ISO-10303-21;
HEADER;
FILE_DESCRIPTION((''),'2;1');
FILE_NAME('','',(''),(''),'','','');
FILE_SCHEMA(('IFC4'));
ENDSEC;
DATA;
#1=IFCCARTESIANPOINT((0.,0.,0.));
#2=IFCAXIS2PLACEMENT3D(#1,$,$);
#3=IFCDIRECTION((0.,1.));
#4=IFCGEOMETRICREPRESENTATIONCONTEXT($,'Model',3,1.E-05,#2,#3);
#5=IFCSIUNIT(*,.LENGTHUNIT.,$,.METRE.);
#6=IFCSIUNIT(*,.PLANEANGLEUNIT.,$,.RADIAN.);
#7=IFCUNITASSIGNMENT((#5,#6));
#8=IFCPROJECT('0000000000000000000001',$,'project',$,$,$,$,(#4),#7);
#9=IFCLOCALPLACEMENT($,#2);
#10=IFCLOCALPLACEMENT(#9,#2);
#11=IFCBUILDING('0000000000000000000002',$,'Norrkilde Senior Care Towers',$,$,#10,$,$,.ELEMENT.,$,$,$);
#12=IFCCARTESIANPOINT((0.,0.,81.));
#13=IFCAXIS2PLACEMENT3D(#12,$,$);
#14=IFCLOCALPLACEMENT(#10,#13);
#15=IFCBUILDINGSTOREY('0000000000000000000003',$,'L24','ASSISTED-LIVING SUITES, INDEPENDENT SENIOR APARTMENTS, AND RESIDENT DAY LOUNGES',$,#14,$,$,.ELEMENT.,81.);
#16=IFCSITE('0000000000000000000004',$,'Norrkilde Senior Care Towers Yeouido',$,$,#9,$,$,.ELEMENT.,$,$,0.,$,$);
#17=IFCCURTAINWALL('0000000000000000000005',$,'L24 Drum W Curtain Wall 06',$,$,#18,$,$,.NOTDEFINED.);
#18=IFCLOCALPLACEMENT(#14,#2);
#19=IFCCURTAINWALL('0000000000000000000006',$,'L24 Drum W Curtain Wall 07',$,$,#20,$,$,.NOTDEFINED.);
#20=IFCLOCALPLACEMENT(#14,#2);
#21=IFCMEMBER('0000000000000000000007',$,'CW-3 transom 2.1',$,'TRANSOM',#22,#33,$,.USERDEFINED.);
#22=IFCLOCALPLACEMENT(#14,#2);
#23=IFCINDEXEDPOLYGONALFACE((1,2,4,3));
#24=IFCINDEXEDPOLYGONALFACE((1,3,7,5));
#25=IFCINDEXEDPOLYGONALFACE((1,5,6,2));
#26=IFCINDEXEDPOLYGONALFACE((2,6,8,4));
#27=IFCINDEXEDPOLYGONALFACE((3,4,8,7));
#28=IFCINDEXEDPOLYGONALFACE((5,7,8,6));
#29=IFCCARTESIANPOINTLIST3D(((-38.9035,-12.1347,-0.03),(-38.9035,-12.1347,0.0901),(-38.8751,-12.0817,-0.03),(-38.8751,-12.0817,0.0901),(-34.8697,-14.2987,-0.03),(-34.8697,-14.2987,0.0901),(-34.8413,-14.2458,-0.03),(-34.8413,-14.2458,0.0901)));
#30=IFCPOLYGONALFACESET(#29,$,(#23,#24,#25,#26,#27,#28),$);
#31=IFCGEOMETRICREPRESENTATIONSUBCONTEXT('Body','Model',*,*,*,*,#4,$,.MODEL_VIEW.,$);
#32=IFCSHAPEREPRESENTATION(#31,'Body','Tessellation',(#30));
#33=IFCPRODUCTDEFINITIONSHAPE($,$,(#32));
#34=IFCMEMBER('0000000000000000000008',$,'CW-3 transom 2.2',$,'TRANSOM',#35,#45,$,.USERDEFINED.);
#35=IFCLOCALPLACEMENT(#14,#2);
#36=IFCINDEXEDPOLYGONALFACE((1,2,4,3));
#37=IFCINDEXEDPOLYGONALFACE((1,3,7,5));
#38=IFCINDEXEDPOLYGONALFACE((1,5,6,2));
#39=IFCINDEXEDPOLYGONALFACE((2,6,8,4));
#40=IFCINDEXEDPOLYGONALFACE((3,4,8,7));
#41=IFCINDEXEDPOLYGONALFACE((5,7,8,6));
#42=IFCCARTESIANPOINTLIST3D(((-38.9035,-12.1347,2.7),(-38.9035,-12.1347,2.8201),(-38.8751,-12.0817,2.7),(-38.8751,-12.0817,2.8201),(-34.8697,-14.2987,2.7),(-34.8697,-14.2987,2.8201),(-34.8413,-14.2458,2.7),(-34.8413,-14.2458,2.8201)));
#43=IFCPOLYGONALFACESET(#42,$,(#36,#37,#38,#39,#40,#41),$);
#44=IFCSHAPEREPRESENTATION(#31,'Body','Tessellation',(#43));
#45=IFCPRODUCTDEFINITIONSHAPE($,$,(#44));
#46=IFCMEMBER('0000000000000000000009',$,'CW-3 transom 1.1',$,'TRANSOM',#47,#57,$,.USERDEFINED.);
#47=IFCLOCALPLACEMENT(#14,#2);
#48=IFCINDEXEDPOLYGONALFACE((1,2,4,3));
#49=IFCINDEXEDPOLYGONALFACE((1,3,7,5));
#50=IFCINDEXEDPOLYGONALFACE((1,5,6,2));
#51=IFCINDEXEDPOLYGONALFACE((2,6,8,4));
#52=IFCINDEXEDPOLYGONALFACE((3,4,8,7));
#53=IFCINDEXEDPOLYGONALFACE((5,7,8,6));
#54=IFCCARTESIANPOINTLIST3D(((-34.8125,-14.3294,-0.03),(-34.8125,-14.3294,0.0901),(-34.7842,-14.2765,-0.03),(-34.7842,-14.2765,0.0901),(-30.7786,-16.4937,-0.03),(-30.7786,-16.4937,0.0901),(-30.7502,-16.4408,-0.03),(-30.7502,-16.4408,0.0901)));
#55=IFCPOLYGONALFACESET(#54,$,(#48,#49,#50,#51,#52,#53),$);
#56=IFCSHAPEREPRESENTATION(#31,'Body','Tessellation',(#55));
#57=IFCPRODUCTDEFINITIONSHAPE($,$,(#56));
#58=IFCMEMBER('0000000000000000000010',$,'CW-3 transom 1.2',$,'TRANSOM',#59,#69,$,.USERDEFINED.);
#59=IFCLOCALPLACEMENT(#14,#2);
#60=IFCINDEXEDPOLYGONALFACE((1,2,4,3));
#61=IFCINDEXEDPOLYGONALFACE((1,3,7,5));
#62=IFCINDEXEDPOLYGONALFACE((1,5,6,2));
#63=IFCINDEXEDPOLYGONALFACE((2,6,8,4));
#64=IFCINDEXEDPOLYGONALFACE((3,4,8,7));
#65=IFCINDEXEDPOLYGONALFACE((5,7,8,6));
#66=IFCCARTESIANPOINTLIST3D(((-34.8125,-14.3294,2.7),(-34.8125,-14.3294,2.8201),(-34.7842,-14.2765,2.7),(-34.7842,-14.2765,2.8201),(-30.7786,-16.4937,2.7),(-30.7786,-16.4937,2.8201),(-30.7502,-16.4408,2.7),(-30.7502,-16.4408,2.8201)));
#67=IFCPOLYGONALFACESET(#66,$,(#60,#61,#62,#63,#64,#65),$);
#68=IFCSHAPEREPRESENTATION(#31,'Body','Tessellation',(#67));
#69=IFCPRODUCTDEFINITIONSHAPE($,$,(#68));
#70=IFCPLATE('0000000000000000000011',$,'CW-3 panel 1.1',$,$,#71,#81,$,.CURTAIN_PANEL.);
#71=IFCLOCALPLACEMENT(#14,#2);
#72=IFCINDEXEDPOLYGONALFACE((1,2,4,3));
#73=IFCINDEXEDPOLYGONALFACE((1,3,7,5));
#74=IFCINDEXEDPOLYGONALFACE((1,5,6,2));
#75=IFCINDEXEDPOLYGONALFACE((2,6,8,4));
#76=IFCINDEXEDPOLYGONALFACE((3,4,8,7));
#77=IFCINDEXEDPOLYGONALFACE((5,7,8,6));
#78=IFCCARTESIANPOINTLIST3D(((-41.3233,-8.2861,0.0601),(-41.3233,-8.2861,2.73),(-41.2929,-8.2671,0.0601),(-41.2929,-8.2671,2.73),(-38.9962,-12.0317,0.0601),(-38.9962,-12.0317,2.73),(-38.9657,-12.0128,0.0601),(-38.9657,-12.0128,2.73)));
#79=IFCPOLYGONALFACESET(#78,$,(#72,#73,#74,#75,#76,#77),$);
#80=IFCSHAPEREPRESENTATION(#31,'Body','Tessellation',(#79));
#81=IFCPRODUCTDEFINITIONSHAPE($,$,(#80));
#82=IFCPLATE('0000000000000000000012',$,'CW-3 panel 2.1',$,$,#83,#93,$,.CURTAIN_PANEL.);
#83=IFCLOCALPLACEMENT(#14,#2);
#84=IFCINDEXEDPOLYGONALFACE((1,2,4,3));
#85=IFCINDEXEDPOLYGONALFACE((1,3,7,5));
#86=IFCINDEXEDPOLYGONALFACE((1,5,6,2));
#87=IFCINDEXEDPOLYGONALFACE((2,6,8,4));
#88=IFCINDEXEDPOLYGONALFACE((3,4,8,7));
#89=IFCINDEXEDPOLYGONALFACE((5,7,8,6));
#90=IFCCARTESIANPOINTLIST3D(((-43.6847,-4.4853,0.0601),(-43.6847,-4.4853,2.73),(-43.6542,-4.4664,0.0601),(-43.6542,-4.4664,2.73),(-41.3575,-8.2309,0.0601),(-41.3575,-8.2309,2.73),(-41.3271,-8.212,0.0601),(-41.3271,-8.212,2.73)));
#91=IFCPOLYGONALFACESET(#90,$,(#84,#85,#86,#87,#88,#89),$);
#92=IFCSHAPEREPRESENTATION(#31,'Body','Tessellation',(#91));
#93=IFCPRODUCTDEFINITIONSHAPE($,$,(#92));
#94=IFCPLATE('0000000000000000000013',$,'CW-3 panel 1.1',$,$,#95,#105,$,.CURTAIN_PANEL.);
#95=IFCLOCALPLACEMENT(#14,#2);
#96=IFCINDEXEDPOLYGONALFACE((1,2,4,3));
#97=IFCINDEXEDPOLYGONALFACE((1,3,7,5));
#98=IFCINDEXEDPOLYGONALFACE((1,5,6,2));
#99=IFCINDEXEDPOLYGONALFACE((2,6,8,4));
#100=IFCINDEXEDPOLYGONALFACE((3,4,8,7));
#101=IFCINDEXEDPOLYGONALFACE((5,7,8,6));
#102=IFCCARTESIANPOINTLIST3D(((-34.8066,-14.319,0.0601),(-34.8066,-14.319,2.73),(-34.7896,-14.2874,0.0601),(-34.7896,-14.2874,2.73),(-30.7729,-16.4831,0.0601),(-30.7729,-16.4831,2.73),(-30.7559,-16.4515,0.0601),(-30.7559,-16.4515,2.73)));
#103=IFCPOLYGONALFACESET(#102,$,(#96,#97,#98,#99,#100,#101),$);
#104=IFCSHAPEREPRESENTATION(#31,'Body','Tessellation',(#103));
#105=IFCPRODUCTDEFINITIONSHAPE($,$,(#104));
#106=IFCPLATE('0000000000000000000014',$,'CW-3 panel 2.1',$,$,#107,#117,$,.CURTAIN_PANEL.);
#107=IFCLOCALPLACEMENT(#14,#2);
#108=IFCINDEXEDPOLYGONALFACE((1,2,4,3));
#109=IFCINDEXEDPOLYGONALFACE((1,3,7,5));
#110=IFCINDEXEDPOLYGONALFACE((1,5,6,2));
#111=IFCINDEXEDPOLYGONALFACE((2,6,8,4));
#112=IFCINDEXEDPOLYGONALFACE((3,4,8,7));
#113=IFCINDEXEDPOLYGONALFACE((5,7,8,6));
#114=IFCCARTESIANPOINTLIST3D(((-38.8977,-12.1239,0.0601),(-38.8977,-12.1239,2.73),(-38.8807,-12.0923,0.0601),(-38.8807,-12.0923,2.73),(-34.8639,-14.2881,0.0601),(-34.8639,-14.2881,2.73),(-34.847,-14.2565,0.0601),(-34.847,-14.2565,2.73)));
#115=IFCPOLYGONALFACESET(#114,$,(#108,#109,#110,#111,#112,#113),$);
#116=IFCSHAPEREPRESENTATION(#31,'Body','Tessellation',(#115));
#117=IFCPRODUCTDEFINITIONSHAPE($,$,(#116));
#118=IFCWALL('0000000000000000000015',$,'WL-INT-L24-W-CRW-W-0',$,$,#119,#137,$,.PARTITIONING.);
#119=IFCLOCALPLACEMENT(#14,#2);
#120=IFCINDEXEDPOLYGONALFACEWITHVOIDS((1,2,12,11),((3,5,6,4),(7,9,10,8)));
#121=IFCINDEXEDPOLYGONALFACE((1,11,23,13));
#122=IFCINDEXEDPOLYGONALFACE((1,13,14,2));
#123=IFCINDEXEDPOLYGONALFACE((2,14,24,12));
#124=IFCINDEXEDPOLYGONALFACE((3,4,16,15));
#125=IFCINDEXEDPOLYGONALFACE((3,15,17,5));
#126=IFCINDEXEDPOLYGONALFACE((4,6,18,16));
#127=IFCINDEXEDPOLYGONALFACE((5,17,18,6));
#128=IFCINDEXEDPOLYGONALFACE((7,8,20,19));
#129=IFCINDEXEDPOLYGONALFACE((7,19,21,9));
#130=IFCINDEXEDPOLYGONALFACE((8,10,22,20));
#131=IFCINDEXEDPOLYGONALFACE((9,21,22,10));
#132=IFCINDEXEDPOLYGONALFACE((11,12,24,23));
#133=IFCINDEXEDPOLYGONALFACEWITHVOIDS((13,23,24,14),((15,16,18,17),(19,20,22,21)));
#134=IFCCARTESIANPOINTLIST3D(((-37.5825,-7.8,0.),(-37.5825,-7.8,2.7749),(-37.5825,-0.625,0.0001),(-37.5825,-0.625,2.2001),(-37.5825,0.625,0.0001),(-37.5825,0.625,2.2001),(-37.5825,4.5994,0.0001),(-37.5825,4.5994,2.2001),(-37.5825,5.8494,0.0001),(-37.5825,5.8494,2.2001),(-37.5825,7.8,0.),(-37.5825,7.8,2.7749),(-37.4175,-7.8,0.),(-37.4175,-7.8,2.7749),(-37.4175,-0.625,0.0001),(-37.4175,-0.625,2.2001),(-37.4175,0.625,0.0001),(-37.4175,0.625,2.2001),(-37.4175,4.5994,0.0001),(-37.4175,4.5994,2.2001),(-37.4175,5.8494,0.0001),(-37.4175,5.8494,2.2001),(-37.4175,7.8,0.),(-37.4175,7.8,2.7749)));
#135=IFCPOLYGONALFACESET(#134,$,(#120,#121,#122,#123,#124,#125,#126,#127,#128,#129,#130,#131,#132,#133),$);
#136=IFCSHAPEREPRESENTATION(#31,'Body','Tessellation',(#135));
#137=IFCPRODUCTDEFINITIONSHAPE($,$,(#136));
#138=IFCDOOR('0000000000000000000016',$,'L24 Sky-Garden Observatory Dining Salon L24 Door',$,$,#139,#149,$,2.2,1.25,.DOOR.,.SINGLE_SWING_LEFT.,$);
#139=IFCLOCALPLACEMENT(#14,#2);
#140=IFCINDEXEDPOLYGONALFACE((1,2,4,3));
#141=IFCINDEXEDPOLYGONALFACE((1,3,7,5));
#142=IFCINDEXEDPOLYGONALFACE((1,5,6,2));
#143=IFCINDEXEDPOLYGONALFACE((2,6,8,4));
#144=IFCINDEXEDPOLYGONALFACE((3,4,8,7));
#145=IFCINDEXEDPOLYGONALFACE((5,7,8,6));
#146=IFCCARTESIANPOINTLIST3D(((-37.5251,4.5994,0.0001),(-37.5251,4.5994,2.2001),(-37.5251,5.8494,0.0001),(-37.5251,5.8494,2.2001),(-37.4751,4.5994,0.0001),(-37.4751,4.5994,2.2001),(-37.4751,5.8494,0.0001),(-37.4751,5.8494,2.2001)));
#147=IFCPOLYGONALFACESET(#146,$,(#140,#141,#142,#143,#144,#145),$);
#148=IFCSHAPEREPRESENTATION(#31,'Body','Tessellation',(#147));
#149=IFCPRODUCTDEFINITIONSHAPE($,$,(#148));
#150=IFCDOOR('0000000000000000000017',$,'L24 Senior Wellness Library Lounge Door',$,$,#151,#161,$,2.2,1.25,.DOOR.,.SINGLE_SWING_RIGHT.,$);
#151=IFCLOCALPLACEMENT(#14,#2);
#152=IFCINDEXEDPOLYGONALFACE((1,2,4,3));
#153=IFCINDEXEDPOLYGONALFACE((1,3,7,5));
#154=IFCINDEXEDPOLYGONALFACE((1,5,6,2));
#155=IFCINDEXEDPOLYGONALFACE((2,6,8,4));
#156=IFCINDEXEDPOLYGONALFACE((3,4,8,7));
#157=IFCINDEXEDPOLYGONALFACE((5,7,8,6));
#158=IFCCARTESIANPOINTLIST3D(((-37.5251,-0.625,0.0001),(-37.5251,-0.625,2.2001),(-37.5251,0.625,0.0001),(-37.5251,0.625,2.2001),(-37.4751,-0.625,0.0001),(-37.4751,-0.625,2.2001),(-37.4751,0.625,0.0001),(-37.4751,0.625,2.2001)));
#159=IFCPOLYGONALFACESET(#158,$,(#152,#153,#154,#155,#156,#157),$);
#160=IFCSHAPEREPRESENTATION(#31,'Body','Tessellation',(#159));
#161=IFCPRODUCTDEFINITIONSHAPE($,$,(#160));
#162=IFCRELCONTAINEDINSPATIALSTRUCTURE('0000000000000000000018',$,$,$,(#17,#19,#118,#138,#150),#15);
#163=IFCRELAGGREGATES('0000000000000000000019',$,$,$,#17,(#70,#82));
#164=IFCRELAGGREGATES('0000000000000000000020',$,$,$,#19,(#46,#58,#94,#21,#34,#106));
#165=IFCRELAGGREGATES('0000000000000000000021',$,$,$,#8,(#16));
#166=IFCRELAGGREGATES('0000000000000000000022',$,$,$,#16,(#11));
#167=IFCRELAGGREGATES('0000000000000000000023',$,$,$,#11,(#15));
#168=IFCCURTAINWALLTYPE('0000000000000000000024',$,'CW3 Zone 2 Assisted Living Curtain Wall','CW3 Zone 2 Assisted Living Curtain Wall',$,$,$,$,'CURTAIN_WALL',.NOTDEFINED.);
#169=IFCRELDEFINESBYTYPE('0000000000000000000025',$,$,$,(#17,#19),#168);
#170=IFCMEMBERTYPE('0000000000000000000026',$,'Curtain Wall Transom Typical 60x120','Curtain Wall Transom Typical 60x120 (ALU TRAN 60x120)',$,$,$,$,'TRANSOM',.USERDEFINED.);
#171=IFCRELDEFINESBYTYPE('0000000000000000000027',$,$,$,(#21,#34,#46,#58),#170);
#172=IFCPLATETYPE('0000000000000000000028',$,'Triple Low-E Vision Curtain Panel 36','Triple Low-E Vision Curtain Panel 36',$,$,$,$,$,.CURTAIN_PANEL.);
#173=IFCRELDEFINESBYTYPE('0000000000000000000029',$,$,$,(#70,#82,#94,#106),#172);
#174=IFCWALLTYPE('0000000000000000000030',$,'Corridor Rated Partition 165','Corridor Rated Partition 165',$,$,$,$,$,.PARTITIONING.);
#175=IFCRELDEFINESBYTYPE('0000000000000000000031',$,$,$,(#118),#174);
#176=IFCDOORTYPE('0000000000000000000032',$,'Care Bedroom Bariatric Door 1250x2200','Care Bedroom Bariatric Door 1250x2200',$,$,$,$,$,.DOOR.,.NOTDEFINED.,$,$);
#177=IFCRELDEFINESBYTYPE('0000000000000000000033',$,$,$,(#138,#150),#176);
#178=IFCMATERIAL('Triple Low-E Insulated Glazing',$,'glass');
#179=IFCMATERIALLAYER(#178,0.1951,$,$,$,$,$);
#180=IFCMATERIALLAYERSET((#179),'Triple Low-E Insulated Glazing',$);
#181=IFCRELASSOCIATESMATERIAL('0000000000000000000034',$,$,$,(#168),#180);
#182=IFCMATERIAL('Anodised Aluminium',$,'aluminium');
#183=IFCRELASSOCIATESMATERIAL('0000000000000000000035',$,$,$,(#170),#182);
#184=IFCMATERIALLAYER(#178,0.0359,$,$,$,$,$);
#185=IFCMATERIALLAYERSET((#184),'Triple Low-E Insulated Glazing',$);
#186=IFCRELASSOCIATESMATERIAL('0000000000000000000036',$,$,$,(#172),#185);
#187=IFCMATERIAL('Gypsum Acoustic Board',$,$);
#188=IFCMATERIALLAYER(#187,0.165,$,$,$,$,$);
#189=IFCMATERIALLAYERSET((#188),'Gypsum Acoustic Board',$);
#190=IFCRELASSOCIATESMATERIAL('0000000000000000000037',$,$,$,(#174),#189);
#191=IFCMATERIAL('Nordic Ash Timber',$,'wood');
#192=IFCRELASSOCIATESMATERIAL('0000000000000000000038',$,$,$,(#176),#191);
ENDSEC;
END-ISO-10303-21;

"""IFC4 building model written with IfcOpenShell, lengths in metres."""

from ifc_helpers import new_model, si_unit, direction, frame, frame_2d, origin, origin_2d, place, context, subcontext, project, spatial, rectangle, extrude, source, transform, mapped, material, layer, layer_set, material_profile, profile_set, type_object, type_shapes, element, fill, aggregate, save


model = new_model("IFC4")

# Units and contexts
model_context = context("Model", 3, precision=1e-05, world=origin(), true_north=direction((0.0, 1.0)))
body_context = subcontext(model_context, "Body", "Model", "MODEL_VIEW")
ifc_project = project(units=[si_unit("LENGTHUNIT", "METRE"), si_unit("PLANEANGLEUNIT", "RADIAN")], contexts=[model_context])

# Site, building, storey
site_placement = place(None, origin())
site = spatial("IfcSite", under=ifc_project, at=site_placement, Name="Norrkilde Senior Care Towers Yeouido", CompositionType="ELEMENT", RefElevation=0.0)
building_placement = place(site_placement, origin())
building = spatial("IfcBuilding", under=site, at=building_placement, Name="Norrkilde Senior Care Towers", CompositionType="ELEMENT")
storey_placement = place(building_placement, frame((0.0, 0.0, 81.0)))
storey = spatial("IfcBuildingStorey", under=building, at=storey_placement, Name="L24", Description="ASSISTED-LIVING SUITES, INDEPENDENT SENIOR APARTMENTS, AND RESIDENT DAY LOUNGES", CompositionType="ELEMENT", Elevation=81.0)

# Curtain walls
ifc_material_1 = material(Name="Triple Low-E Insulated Glazing", Category="glass")
ifc_layer_1 = layer(ifc_material_1, 0.1951)
ifc_layer_set_1 = layer_set([ifc_layer_1], Name="Triple Low-E Insulated Glazing")
curtain_wall_type = type_object("IfcCurtainWallType", Name="CW3 Zone 2 Assisted Living Curtain Wall", Description="CW3 Zone 2 Assisted Living Curtain Wall", ElementType="CURTAIN_WALL", PredefinedType="NOTDEFINED", material=ifc_layer_set_1)
curtain_wall_1_placement = place(storey_placement, origin())
curtain_wall_1 = element("IfcCurtainWall", 1, at=curtain_wall_1_placement, inside=storey, type_object=curtain_wall_type, Name="L24 Drum W Curtain Wall 06", PredefinedType="NOTDEFINED")
ifc_material_2 = material(Name="Anodised Aluminium", Category="aluminium")
curtain_wall_2_placement = place(storey_placement, origin())
curtain_wall_2 = element("IfcCurtainWall", 2, at=curtain_wall_2_placement, inside=storey, type_object=curtain_wall_type, Name="L24 Drum W Curtain Wall 07", PredefinedType="NOTDEFINED")

# Members
ifc_material_profile_1 = material_profile(ifc_material_2, rectangle(XDim=0.0601, YDim=0.1201, at=origin_2d()), Name="ALU TRAN 60x120")
ifc_profile_set_1 = profile_set([ifc_material_profile_1], Name="Anodised Aluminium")
member_type_1 = type_object("IfcMemberType", Name="Curtain Wall Transom Typical 60x120", Description="Curtain Wall Transom Typical 60x120 (ALU TRAN 60x120)", ElementType="TRANSOM", PredefinedType="USERDEFINED", material=ifc_profile_set_1)
shared_shape_1 = source(origin(), body_context, "Body", "SweptSolid", [
    extrude(rectangle(XDim=0.0601, YDim=0.1201, at=origin_2d()), origin(), (0.0, 0.0, 1.0), 4.5776),
])
member_1_placement = place(storey_placement, frame((-34.8555, -14.2722, 0.03), z_axis=(-0.881205, 0.472735, 0.0), x_axis=(-0.472735, -0.881205, 0.0)))
member_1 = element("IfcMember", 3, at=member_1_placement, type_object=member_type_1, Name="CW-3 transom 2.1", ObjectType="TRANSOM", PredefinedType="USERDEFINED", context=body_context, shape_type="MappedRepresentation", body=[
    mapped(shared_shape_1, transform((0.0, 0.0, 0.0), x_axis=(1.0, 0.0, 0.0), y_axis=(0.0, 1.0, 0.0), z_axis=(0.0, 0.0, 1.0), scale=1.0)),
])
member_2_placement = place(storey_placement, frame((-34.8555, -14.2722, 2.76), z_axis=(-0.881205, 0.472735, 0.0), x_axis=(-0.472735, -0.881205, 0.0)))
member_2 = element("IfcMember", 4, at=member_2_placement, type_object=member_type_1, Name="CW-3 transom 2.2", ObjectType="TRANSOM", PredefinedType="USERDEFINED", context=body_context, shape_type="MappedRepresentation", body=[
    mapped(shared_shape_1, transform((0.0, 0.0, 0.0), x_axis=(1.0, 0.0, 0.0), y_axis=(0.0, 1.0, 0.0), z_axis=(0.0, 0.0, 1.0), scale=1.0)),
])
shared_shape_2 = source(origin(), body_context, "Body", "SweptSolid", [
    extrude(rectangle(XDim=0.0601, YDim=0.1201, at=origin_2d()), origin(), (0.0, 0.0, 1.0), 4.5779),
])
member_3_placement = place(storey_placement, frame((-30.7644, -16.4673, 0.03), z_axis=(-0.881182, 0.472776, 0.0), x_axis=(-0.472776, -0.881182, 0.0)))
member_3 = element("IfcMember", 5, at=member_3_placement, type_object=member_type_1, Name="CW-3 transom 1.1", ObjectType="TRANSOM", PredefinedType="USERDEFINED", context=body_context, shape_type="MappedRepresentation", body=[
    mapped(shared_shape_2, transform((0.0, 0.0, 0.0), x_axis=(1.0, 0.0, 0.0), y_axis=(0.0, 1.0, 0.0), z_axis=(0.0, 0.0, 1.0), scale=1.0)),
])
member_4_placement = place(storey_placement, frame((-30.7644, -16.4673, 2.76), z_axis=(-0.881182, 0.472776, 0.0), x_axis=(-0.472776, -0.881182, 0.0)))
member_4 = element("IfcMember", 6, at=member_4_placement, type_object=member_type_1, Name="CW-3 transom 1.2", ObjectType="TRANSOM", PredefinedType="USERDEFINED", context=body_context, shape_type="MappedRepresentation", body=[
    mapped(shared_shape_2, transform((0.0, 0.0, 0.0), x_axis=(1.0, 0.0, 0.0), y_axis=(0.0, 1.0, 0.0), z_axis=(0.0, 0.0, 1.0), scale=1.0)),
])

# Plates
ifc_layer_2 = layer(ifc_material_1, 0.0359)
ifc_layer_set_2 = layer_set([ifc_layer_2], Name="Triple Low-E Insulated Glazing")
plate_type = type_object("IfcPlateType", Name="Triple Low-E Vision Curtain Panel 36", Description="Triple Low-E Vision Curtain Panel 36", PredefinedType="CURTAIN_PANEL", material=ifc_layer_set_2)
shared_shape_3 = source(origin(), body_context, "Body", "SweptSolid", [
    extrude(rectangle(XDim=4.4097, YDim=0.0359, at=origin_2d()), origin(), (0.0, 0.0, 1.0), 2.6699),
])
plate_1_placement = place(storey_placement, frame((-40.1445, -10.1494, 0.0601), z_axis=(0.0, 0.0, 1.0), x_axis=(-0.527733, 0.84941, 0.0)))
plate_1 = element("IfcPlate", 7, at=plate_1_placement, type_object=plate_type, Name="CW-3 panel 1.1", PredefinedType="CURTAIN_PANEL", context=body_context, shape_type="MappedRepresentation", body=[
    mapped(shared_shape_3, transform((0.0, 0.0, 0.0), x_axis=(1.0, 0.0, 0.0), y_axis=(0.0, 1.0, 0.0), z_axis=(0.0, 0.0, 1.0), scale=1.0)),
])
plate_2_placement = place(storey_placement, frame((-42.5059, -6.3486, 0.0601), z_axis=(0.0, 0.0, 1.0), x_axis=(-0.527733, 0.84941, 0.0)))
plate_2 = element("IfcPlate", 8, at=plate_2_placement, type_object=plate_type, Name="CW-3 panel 2.1", PredefinedType="CURTAIN_PANEL", context=body_context, shape_type="MappedRepresentation", body=[
    mapped(shared_shape_3, transform((0.0, 0.0, 0.0), x_axis=(1.0, 0.0, 0.0), y_axis=(0.0, 1.0, 0.0), z_axis=(0.0, 0.0, 1.0), scale=1.0)),
])
aggregate(curtain_wall_1, [plate_1, plate_2])
shared_shape_4 = source(origin(), body_context, "Body", "SweptSolid", [
    extrude(rectangle(XDim=4.5776, YDim=0.0359, at=origin_2d()), origin(), (0.0, 0.0, 1.0), 2.6699),
])
type_shapes(plate_type, [shared_shape_3, shared_shape_4])
plate_3_placement = place(storey_placement, frame((-32.7812, -15.3853, 0.0601), z_axis=(0.0, 0.0, 1.0), x_axis=(-0.881186, 0.472769, 0.0)))
plate_3 = element("IfcPlate", 9, at=plate_3_placement, type_object=plate_type, Name="CW-3 panel 1.1", PredefinedType="CURTAIN_PANEL", context=body_context, shape_type="MappedRepresentation", body=[
    mapped(shared_shape_4, transform((0.0, 0.0, 0.0), x_axis=(1.0, 0.0, 0.0), y_axis=(0.0, 1.0, 0.0), z_axis=(0.0, 0.0, 1.0), scale=1.0)),
])
plate_4_placement = place(storey_placement, frame((-36.8723, -13.1902, 0.0601), z_axis=(0.0, 0.0, 1.0), x_axis=(-0.881186, 0.472769, 0.0)))
plate_4 = element("IfcPlate", 10, at=plate_4_placement, type_object=plate_type, Name="CW-3 panel 2.1", PredefinedType="CURTAIN_PANEL", context=body_context, shape_type="MappedRepresentation", body=[
    mapped(shared_shape_4, transform((0.0, 0.0, 0.0), x_axis=(1.0, 0.0, 0.0), y_axis=(0.0, 1.0, 0.0), z_axis=(0.0, 0.0, 1.0), scale=1.0)),
])
aggregate(curtain_wall_2, [member_3, member_4, plate_3, member_1, member_2, plate_4])

# Wall, openings, doors
ifc_material_3 = material(Name="Gypsum Acoustic Board")
ifc_layer_3 = layer(ifc_material_3, 0.165)
ifc_layer_set_3 = layer_set([ifc_layer_3], Name="Gypsum Acoustic Board")
wall_type_1 = type_object("IfcWallType", Name="Corridor Rated Partition 165", Description="Corridor Rated Partition 165", PredefinedType="PARTITIONING", material=ifc_layer_set_3)
shared_shape_5 = source(origin(), body_context, "Body", "SweptSolid", [
    extrude(rectangle(XDim=15.6001, YDim=0.165, at=frame_2d((7.8, 0.0))), origin(), (0.0, 0.0, 1.0), 2.7749),
])
type_shapes(wall_type_1, [shared_shape_5])
wall_1_placement = place(storey_placement, frame((-37.5, -7.8, 0.0), z_axis=(0.0, 0.0, 1.0), x_axis=(0.0, 1.0, 0.0)))
wall_1 = element("IfcWall", 11, at=wall_1_placement, inside=storey, type_object=wall_type_1, Name="WL-INT-L24-W-CRW-W-0", PredefinedType="PARTITIONING", context=body_context, shape_type="MappedRepresentation", body=[
    mapped(shared_shape_5, transform((0.0, 0.0, 0.0), x_axis=(1.0, 0.0, 0.0), y_axis=(0.0, 1.0, 0.0), z_axis=(0.0, 0.0, 1.0), scale=1.0)),
])
opening_1_placement = place(wall_1_placement, frame((12.3994, 0.0, 0.0)))
opening_1 = element("IfcOpeningElement", 12, at=opening_1_placement, cuts=wall_1, PredefinedType="OPENING", context=body_context, shape_type="SweptSolid", body=[
    extrude(rectangle(XDim=1.25, YDim=2.2, at=frame_2d((0.625, 1.1001))), frame((0.0, 0.0925, 0.0), z_axis=(0.0, -1.0, 0.0), x_axis=(1.0, 0.0, 0.0)), (0.0, 0.0, 1.0), 0.1851),
])
opening_2_placement = place(wall_1_placement, frame((7.175, 0.0, 0.0)))
opening_2 = element("IfcOpeningElement", 13, at=opening_2_placement, cuts=wall_1, PredefinedType="OPENING", context=body_context, shape_type="SweptSolid", body=[
    extrude(rectangle(XDim=1.25, YDim=2.2, at=frame_2d((0.625, 1.1001))), frame((0.0, 0.0925, 0.0), z_axis=(0.0, -1.0, 0.0), x_axis=(1.0, 0.0, 0.0)), (0.0, 0.0, 1.0), 0.1851),
])
ifc_material_4 = material(Name="Nordic Ash Timber", Category="wood")
door_type_1 = type_object("IfcDoorType", Name="Care Bedroom Bariatric Door 1250x2200", Description="Care Bedroom Bariatric Door 1250x2200", OperationType="NOTDEFINED", PredefinedType="DOOR", material=ifc_material_4)
shared_shape_6 = source(origin(), body_context, "Body", "SweptSolid", [
    extrude(rectangle(XDim=1.25, YDim=2.2, at=frame_2d((0.625, 1.1001))), frame((0.0, 0.0249, 0.0), z_axis=(0.0, -1.0, 0.0), x_axis=(1.0, 0.0, 0.0)), (0.0, 0.0, 1.0), 0.05),
])
type_shapes(door_type_1, [shared_shape_6])
door_1_placement = place(opening_1_placement, frame((1.25, 0.0, 0.0), z_axis=(0.0, 0.0, 1.0), x_axis=(-1.0, 0.0, 0.0)))
door_1 = element("IfcDoor", 14, at=door_1_placement, inside=storey, type_object=door_type_1, Name="L24 Sky-Garden Observatory Dining Salon L24 Door", OperationType="SINGLE_SWING_LEFT", OverallHeight=2.2, OverallWidth=1.25, PredefinedType="DOOR", context=body_context, shape_type="MappedRepresentation", body=[
    mapped(shared_shape_6, transform((0.0, 0.0, 0.0), x_axis=(1.0, 0.0, 0.0), y_axis=(0.0, 1.0, 0.0), z_axis=(0.0, 0.0, 1.0), scale=1.0)),
])
fill(opening_1, door_1)
door_2_placement = place(opening_2_placement, frame((1.25, 0.0, 0.0), z_axis=(0.0, 0.0, 1.0), x_axis=(-1.0, 0.0, 0.0)))
door_2 = element("IfcDoor", 15, at=door_2_placement, inside=storey, type_object=door_type_1, Name="L24 Senior Wellness Library Lounge Door", OperationType="SINGLE_SWING_RIGHT", OverallHeight=2.2, OverallWidth=1.25, PredefinedType="DOOR", context=body_context, shape_type="MappedRepresentation", body=[
    mapped(shared_shape_6, transform((0.0, 0.0, 0.0), x_axis=(1.0, 0.0, 0.0), y_axis=(0.0, 1.0, 0.0), z_axis=(0.0, 0.0, 1.0), scale=1.0)),
])
fill(opening_2, door_2)

save(model, "model.ifc")
